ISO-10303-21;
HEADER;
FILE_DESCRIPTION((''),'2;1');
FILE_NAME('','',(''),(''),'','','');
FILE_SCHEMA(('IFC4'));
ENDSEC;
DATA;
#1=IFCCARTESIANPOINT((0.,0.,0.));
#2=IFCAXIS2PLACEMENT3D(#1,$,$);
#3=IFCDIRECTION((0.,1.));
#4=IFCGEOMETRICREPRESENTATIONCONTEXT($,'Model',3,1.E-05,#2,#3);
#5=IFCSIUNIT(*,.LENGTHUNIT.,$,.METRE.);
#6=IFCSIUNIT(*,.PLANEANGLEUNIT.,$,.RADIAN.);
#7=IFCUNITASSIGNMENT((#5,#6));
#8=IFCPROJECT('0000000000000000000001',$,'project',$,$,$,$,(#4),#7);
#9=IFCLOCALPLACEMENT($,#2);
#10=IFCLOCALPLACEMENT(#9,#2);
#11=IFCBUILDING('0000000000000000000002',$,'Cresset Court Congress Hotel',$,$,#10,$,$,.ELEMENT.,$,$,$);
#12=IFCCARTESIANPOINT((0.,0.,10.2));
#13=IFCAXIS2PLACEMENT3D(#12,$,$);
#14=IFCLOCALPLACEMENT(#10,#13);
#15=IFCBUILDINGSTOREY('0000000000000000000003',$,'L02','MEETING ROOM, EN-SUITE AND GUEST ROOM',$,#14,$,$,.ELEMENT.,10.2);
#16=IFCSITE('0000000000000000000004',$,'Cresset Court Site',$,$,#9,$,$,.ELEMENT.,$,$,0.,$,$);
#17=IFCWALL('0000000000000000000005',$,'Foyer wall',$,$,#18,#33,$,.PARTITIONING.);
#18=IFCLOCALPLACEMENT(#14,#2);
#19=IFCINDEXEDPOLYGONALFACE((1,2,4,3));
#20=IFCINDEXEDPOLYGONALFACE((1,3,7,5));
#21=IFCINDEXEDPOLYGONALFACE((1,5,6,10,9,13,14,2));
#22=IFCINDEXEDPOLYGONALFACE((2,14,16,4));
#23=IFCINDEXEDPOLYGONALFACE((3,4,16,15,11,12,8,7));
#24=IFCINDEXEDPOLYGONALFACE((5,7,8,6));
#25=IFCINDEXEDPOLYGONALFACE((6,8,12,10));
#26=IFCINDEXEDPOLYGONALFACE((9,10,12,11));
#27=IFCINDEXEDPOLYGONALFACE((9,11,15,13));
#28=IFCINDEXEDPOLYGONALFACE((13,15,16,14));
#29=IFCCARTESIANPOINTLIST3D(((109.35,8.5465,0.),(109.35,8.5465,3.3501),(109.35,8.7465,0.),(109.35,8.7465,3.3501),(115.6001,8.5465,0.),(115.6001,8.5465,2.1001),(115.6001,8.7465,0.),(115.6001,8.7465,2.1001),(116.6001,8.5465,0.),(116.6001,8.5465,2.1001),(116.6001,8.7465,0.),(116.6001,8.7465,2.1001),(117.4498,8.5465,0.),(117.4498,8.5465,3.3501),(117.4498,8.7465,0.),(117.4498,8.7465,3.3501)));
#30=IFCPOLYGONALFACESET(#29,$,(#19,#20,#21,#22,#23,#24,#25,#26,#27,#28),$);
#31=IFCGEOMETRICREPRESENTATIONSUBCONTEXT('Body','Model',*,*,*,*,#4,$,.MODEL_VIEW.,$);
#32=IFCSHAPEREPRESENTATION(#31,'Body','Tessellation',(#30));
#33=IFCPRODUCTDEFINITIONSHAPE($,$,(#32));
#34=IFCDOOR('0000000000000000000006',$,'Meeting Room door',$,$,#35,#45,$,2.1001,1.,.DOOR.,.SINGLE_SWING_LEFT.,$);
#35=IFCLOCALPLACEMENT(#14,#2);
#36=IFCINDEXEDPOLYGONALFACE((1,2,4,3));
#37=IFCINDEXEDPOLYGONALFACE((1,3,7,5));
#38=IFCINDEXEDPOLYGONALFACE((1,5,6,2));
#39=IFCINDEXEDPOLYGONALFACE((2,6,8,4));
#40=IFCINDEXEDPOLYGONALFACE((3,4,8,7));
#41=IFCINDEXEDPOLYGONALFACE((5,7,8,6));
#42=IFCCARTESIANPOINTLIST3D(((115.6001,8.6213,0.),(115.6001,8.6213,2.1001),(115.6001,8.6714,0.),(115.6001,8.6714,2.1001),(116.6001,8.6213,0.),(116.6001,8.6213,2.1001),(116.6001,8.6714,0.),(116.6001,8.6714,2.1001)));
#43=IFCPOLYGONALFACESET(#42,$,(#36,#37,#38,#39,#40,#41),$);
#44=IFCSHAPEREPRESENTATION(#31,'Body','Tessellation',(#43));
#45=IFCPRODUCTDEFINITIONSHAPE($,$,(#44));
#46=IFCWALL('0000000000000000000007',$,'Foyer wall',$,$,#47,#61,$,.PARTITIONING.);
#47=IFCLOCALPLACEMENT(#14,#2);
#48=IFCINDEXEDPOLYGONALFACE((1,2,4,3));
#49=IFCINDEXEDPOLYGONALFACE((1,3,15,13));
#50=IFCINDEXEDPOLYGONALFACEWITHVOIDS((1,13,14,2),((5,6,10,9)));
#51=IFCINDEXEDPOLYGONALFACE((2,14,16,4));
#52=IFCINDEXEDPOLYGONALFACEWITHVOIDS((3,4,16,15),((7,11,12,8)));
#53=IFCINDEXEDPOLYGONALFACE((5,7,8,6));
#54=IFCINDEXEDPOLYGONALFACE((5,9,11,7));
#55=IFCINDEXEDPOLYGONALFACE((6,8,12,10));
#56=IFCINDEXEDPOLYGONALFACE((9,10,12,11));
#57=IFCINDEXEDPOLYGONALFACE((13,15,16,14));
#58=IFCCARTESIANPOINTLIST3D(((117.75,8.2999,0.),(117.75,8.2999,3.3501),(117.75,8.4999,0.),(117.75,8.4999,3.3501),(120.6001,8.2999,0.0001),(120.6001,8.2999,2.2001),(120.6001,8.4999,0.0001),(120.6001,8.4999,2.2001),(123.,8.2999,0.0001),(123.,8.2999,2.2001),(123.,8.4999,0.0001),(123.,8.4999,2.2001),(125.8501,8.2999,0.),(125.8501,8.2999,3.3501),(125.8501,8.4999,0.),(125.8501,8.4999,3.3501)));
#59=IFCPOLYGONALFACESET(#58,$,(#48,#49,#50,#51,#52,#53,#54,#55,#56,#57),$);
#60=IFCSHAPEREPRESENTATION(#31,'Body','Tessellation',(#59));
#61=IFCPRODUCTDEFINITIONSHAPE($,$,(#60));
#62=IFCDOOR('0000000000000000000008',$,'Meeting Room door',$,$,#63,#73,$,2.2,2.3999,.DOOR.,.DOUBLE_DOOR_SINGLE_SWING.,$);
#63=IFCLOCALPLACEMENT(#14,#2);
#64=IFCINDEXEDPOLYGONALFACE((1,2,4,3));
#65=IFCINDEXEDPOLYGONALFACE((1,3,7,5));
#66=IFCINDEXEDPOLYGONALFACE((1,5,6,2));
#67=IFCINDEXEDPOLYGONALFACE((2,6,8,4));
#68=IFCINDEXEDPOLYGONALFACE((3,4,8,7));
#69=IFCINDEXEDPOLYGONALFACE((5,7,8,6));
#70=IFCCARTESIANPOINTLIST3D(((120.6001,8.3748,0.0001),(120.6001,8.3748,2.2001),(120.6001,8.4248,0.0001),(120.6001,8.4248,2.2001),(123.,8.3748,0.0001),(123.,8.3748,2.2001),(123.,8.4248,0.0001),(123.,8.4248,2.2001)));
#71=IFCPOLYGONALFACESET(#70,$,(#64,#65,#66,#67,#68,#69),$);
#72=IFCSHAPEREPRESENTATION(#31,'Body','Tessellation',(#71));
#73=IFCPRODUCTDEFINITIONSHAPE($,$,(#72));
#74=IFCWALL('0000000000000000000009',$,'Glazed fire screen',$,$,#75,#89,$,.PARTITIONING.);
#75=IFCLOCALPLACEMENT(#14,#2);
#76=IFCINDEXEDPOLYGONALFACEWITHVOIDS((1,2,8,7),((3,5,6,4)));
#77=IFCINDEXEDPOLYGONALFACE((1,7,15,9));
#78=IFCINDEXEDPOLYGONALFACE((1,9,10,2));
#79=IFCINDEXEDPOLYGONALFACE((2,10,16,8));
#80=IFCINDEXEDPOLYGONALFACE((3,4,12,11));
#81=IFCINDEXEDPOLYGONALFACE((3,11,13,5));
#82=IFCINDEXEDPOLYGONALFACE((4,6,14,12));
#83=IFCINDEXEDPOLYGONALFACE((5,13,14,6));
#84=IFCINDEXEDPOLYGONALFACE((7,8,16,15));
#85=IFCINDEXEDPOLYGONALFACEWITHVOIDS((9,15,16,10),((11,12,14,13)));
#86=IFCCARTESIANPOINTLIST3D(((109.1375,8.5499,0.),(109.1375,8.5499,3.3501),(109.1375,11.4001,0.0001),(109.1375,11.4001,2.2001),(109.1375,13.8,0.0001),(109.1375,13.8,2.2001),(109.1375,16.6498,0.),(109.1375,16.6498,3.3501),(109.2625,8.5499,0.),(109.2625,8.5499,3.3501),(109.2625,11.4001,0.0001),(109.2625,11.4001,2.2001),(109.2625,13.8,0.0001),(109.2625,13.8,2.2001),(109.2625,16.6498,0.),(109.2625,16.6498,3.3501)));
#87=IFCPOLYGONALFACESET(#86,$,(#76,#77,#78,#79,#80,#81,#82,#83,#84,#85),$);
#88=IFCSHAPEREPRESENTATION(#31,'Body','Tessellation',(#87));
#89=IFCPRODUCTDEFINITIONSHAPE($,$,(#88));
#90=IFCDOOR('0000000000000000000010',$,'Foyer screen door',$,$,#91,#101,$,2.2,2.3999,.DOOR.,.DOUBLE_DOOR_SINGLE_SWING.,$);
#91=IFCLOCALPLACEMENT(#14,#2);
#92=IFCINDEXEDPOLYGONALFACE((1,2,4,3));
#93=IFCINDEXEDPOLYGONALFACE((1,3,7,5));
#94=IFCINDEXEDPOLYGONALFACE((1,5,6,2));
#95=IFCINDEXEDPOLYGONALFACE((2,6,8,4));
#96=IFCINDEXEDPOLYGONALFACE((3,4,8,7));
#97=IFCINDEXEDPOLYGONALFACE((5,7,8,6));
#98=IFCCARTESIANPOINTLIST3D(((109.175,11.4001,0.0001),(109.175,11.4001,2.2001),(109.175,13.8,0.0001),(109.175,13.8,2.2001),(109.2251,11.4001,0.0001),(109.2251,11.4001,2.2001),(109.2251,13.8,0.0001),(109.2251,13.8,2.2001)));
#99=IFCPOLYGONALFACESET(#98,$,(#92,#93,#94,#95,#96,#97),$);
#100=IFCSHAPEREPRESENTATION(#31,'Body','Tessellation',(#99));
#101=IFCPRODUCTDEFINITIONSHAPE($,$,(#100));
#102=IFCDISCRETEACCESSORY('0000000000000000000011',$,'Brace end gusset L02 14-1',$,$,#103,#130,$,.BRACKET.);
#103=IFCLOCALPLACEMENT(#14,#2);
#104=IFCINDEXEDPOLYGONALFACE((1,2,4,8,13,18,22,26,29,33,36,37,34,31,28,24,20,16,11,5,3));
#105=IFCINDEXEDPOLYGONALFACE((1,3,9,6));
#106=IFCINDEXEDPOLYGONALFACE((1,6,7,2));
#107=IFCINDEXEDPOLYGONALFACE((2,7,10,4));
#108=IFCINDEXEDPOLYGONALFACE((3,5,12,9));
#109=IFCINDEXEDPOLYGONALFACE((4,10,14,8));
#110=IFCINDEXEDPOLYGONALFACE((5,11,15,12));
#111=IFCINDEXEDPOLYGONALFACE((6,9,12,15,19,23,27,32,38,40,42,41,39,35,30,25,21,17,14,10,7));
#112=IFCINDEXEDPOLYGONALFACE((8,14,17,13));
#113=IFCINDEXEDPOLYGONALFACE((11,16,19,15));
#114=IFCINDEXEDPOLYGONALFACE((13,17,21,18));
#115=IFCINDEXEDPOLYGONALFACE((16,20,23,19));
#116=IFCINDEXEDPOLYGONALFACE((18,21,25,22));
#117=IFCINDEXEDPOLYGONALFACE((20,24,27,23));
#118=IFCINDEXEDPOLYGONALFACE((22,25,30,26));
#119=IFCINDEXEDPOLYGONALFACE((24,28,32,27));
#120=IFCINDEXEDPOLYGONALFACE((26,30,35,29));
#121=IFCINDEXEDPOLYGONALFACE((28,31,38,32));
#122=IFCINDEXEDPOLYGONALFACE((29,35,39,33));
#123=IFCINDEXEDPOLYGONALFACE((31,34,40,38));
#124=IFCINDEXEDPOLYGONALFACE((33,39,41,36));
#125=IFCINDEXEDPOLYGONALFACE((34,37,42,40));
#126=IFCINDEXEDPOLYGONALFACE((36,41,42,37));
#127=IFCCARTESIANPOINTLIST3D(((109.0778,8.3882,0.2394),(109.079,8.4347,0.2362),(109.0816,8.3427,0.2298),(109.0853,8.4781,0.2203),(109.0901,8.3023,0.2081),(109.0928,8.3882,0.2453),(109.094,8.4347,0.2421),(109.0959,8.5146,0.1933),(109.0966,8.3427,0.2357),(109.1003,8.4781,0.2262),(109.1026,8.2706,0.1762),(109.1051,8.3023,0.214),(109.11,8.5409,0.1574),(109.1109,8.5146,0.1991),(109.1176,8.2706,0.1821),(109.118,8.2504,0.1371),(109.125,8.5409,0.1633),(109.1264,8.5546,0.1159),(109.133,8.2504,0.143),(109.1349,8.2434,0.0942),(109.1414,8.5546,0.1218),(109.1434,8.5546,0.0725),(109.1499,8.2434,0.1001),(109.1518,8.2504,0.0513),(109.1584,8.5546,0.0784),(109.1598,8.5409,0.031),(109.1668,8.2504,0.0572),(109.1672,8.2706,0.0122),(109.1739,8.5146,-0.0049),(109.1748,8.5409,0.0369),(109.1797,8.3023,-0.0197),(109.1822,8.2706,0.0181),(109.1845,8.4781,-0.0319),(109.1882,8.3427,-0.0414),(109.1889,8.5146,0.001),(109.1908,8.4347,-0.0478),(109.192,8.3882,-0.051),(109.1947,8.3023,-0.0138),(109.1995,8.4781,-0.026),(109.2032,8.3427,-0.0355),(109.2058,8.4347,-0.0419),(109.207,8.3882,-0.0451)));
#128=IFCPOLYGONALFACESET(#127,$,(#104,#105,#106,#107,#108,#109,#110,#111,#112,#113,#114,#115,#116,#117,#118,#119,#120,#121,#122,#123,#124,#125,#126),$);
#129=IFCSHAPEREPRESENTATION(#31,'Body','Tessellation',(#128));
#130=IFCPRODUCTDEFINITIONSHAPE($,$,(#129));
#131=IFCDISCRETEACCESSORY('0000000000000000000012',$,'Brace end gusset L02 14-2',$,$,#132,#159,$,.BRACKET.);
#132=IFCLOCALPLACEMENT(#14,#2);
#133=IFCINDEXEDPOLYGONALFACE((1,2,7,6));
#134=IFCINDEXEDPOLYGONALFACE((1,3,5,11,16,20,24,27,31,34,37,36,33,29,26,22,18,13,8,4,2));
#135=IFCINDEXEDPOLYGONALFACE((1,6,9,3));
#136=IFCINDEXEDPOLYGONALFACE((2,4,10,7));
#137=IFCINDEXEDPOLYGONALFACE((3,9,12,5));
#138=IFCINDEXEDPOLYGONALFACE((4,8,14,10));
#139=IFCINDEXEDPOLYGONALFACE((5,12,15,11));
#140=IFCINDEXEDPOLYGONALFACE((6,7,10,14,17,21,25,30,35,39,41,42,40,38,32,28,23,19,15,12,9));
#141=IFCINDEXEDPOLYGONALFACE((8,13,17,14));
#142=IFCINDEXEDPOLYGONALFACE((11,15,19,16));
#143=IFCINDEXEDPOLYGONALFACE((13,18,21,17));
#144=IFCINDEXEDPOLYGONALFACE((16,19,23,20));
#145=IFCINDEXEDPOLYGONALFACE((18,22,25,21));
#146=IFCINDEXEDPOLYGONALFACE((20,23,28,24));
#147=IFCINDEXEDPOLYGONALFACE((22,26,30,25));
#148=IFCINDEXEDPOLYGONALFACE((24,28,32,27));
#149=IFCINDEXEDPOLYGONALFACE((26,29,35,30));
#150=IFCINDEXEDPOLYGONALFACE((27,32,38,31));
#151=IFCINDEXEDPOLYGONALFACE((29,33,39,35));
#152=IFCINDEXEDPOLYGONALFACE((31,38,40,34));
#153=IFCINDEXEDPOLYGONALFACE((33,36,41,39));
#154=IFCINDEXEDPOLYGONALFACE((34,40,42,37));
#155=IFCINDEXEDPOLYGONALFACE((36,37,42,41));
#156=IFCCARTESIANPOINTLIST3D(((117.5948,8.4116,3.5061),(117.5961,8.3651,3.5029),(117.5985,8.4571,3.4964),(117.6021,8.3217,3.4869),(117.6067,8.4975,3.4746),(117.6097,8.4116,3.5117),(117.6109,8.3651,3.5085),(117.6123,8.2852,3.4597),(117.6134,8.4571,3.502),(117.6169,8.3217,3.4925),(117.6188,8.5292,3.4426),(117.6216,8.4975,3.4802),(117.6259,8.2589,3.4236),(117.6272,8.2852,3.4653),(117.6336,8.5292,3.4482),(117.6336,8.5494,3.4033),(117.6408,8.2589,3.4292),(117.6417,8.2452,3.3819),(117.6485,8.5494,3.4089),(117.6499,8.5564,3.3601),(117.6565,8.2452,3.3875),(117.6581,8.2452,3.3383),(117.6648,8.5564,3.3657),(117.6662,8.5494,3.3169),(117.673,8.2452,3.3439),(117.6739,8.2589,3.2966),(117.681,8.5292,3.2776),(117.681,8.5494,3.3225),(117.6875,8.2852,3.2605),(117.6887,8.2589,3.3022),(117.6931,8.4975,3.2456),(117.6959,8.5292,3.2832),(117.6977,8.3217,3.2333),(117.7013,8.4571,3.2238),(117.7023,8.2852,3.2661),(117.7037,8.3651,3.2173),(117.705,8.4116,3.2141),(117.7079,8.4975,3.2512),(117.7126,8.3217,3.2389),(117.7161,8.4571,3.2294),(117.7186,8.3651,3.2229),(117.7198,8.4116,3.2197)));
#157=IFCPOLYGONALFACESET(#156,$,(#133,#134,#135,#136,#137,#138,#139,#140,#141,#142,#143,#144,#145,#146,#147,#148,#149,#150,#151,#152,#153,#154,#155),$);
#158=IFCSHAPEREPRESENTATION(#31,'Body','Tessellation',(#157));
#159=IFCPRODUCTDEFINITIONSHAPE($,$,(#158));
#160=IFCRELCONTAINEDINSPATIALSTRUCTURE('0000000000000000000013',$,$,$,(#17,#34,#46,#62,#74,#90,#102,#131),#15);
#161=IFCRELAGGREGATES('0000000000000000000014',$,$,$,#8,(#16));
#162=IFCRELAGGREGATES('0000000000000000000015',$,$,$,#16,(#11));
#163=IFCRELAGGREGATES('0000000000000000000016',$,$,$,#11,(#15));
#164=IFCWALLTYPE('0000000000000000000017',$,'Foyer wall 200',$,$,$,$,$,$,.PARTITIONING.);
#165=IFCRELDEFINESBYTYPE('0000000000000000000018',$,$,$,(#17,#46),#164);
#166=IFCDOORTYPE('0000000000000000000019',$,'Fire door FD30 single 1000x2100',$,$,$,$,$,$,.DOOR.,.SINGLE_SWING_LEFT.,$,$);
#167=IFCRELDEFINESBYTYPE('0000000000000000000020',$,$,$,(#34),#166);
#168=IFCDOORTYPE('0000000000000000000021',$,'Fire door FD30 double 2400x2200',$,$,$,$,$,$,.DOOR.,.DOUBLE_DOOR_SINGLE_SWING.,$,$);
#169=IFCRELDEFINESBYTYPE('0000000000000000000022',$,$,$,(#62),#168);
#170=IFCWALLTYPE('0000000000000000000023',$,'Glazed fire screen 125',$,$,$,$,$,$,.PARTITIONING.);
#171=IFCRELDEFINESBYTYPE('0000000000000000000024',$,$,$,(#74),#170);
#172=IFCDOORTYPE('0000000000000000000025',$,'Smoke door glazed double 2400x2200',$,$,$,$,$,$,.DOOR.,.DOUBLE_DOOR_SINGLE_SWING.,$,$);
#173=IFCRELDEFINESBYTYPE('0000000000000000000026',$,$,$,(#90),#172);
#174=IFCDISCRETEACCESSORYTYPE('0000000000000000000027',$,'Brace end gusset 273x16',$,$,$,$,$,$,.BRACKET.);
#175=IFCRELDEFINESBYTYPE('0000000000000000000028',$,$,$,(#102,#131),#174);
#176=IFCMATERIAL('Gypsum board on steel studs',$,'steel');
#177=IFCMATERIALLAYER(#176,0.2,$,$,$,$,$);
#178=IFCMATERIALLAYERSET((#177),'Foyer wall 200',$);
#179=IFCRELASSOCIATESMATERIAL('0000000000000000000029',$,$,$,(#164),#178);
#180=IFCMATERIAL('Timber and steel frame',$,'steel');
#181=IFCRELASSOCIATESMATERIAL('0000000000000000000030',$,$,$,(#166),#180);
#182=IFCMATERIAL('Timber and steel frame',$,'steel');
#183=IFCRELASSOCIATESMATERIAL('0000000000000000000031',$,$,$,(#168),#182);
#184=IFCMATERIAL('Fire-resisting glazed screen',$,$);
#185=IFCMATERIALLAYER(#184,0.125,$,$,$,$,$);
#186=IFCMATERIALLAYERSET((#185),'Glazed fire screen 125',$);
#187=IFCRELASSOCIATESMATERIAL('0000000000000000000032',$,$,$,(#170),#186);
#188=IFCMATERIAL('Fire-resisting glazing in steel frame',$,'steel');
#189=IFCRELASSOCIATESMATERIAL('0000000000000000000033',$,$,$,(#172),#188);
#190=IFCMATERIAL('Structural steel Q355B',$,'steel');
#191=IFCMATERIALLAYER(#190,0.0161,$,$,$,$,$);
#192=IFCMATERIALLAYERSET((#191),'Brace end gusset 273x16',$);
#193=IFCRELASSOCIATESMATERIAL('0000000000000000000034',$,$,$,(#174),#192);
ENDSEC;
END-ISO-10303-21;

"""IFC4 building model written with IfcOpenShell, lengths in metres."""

from ifc_helpers import new_model, si_unit, direction, frame, frame_2d, origin, origin_2d, place, context, subcontext, project, spatial, rectangle, circle, extrude, material, layer, layer_set, type_object, element, fill, save


model = new_model("IFC4")

# Units and contexts
model_context = context("Model", 3, precision=1e-05, world=origin(), true_north=direction((0.0, 1.0)))
body_context = subcontext(model_context, "Body", "Model", "MODEL_VIEW")
ifc_project = project(units=[si_unit("LENGTHUNIT", "METRE"), si_unit("PLANEANGLEUNIT", "RADIAN")], contexts=[model_context])

# Site, building, storey
site_placement = place(None, origin())
site = spatial("IfcSite", under=ifc_project, at=site_placement, Name="Cresset Court Site", CompositionType="ELEMENT", RefElevation=0.0)
building_placement = place(site_placement, origin())
building = spatial("IfcBuilding", under=site, at=building_placement, Name="Cresset Court Congress Hotel", CompositionType="ELEMENT")
storey_placement = place(building_placement, frame((0.0, 0.0, 10.2)))
storey = spatial("IfcBuildingStorey", under=building, at=storey_placement, Name="L02", Description="MEETING ROOM, EN-SUITE AND GUEST ROOM", CompositionType="ELEMENT", Elevation=10.2)

# Walls, openings, doors
ifc_material_1 = material(Name="Gypsum board on steel studs", Category="steel")
ifc_layer_1 = layer(ifc_material_1, 0.2)
ifc_layer_set_1 = layer_set([ifc_layer_1], Name="Foyer wall 200")
wall_type_1 = type_object("IfcWallType", Name="Foyer wall 200", PredefinedType="PARTITIONING", material=ifc_layer_set_1)
wall_1_placement = place(storey_placement, frame((109.3501, 8.6465, 0.0), z_axis=(0.0, 0.0, 1.0), x_axis=(1.0, 0.0, 0.0)))
wall_1 = element("IfcWall", 1, at=wall_1_placement, inside=storey, type_object=wall_type_1, Name="Foyer wall", PredefinedType="PARTITIONING", context=body_context, shape_type="SweptSolid", body=[
    extrude(rectangle(XDim=8.0999, YDim=0.2, at=frame_2d((4.0498, 0.0))), origin(), (0.0, 0.0, 1.0), 3.3501),
])
opening_1_placement = place(wall_1_placement, frame((6.25, 0.0, 0.0)))
opening_1 = element("IfcOpeningElement", 2, at=opening_1_placement, cuts=wall_1, PredefinedType="OPENING", context=body_context, shape_type="SweptSolid", body=[
    extrude(rectangle(XDim=1.0, YDim=2.1001, at=frame_2d((0.5, 1.05))), frame((0.0, 0.1099, 0.0), z_axis=(0.0, -1.0, 0.0), x_axis=(1.0, 0.0, 0.0)), (0.0, 0.0, 1.0), 0.22),
])
ifc_material_2 = material(Name="Timber and steel frame", Category="steel")
door_type_1 = type_object("IfcDoorType", Name="Fire door FD30 single 1000x2100", OperationType="SINGLE_SWING_LEFT", PredefinedType="DOOR", material=ifc_material_2)
door_1_placement = place(opening_1_placement, origin())
door_1 = element("IfcDoor", 3, at=door_1_placement, inside=storey, type_object=door_type_1, Name="Meeting Room door", OperationType="SINGLE_SWING_LEFT", OverallHeight=2.1001, OverallWidth=1.0, PredefinedType="DOOR", context=body_context, shape_type="SweptSolid", body=[
    extrude(rectangle(XDim=1.0, YDim=2.1001, at=frame_2d((0.5, 1.05))), frame((0.0, 0.0249, 0.0), z_axis=(0.0, -1.0, 0.0), x_axis=(1.0, 0.0, 0.0)), (0.0, 0.0, 1.0), 0.05),
])
fill(opening_1, door_1)
wall_2_placement = place(storey_placement, frame((117.75, 8.3999, 0.0), z_axis=(0.0, 0.0, 1.0), x_axis=(1.0, 0.0, 0.0)))
wall_2 = element("IfcWall", 4, at=wall_2_placement, inside=storey, type_object=wall_type_1, Name="Foyer wall", PredefinedType="PARTITIONING", context=body_context, shape_type="SweptSolid", body=[
    extrude(rectangle(XDim=8.1001, YDim=0.2, at=frame_2d((4.05, 0.0))), origin(), (0.0, 0.0, 1.0), 3.3501),
])
opening_2_placement = place(wall_2_placement, frame((2.8501, 0.0, 0.0)))
opening_2 = element("IfcOpeningElement", 5, at=opening_2_placement, cuts=wall_2, PredefinedType="OPENING", context=body_context, shape_type="SweptSolid", body=[
    extrude(rectangle(XDim=2.3999, YDim=2.2, at=frame_2d((1.2, 1.1001))), frame((0.0, 0.1099, 0.0), z_axis=(0.0, -1.0, 0.0), x_axis=(1.0, 0.0, 0.0)), (0.0, 0.0, 1.0), 0.22),
])
ifc_material_3 = material(Name="Timber and steel frame", Category="steel")
door_type_2 = type_object("IfcDoorType", Name="Fire door FD30 double 2400x2200", OperationType="DOUBLE_DOOR_SINGLE_SWING", PredefinedType="DOOR", material=ifc_material_3)
door_2_placement = place(opening_2_placement, origin())
door_2 = element("IfcDoor", 6, at=door_2_placement, inside=storey, type_object=door_type_2, Name="Meeting Room door", OperationType="DOUBLE_DOOR_SINGLE_SWING", OverallHeight=2.2, OverallWidth=2.3999, PredefinedType="DOOR", context=body_context, shape_type="SweptSolid", body=[
    extrude(rectangle(XDim=2.3999, YDim=2.2, at=frame_2d((1.2, 1.1001))), frame((0.0, 0.0249, 0.0), z_axis=(0.0, -1.0, 0.0), x_axis=(1.0, 0.0, 0.0)), (0.0, 0.0, 1.0), 0.05),
])
fill(opening_2, door_2)
ifc_material_4 = material(Name="Fire-resisting glazed screen")
ifc_layer_2 = layer(ifc_material_4, 0.125)
ifc_layer_set_2 = layer_set([ifc_layer_2], Name="Glazed fire screen 125")
wall_type_2 = type_object("IfcWallType", Name="Glazed fire screen 125", PredefinedType="PARTITIONING", material=ifc_layer_set_2)
wall_3_placement = place(storey_placement, frame((109.2, 8.55, 0.0), z_axis=(0.0, 0.0, 1.0), x_axis=(0.0, 1.0, 0.0)))
wall_3 = element("IfcWall", 7, at=wall_3_placement, inside=storey, type_object=wall_type_2, Name="Glazed fire screen", PredefinedType="PARTITIONING", context=body_context, shape_type="SweptSolid", body=[
    extrude(rectangle(XDim=8.0999, YDim=0.125, at=frame_2d((4.0498, 0.0))), origin(), (0.0, 0.0, 1.0), 3.3501),
])
opening_3_placement = place(wall_3_placement, frame((2.8501, 0.0, 0.0)))
opening_3 = element("IfcOpeningElement", 8, at=opening_3_placement, cuts=wall_3, PredefinedType="OPENING", context=body_context, shape_type="SweptSolid", body=[
    extrude(rectangle(XDim=2.3999, YDim=2.2, at=frame_2d((1.2, 1.1001))), frame((0.0, 0.0725, 0.0), z_axis=(0.0, -1.0, 0.0), x_axis=(1.0, 0.0, 0.0)), (0.0, 0.0, 1.0), 0.145),
])
ifc_material_5 = material(Name="Fire-resisting glazing in steel frame", Category="steel")
door_type_3 = type_object("IfcDoorType", Name="Smoke door glazed double 2400x2200", OperationType="DOUBLE_DOOR_SINGLE_SWING", PredefinedType="DOOR", material=ifc_material_5)
door_3_placement = place(opening_3_placement, origin())
door_3 = element("IfcDoor", 9, at=door_3_placement, inside=storey, type_object=door_type_3, Name="Foyer screen door", OperationType="DOUBLE_DOOR_SINGLE_SWING", OverallHeight=2.2, OverallWidth=2.3999, PredefinedType="DOOR", context=body_context, shape_type="SweptSolid", body=[
    extrude(rectangle(XDim=2.3999, YDim=2.2, at=frame_2d((1.2, 1.1001))), frame((0.0, 0.0249, 0.0), z_axis=(0.0, -1.0, 0.0), x_axis=(1.0, 0.0, 0.0)), (0.0, 0.0, 1.0), 0.05),
])
fill(opening_3, door_3)

# Discrete accessories
ifc_material_6 = material(Name="Structural steel Q355B", Category="steel")
ifc_layer_3 = layer(ifc_material_6, 0.0161)
ifc_layer_set_3 = layer_set([ifc_layer_3], Name="Brace end gusset 273x16")
discrete_accessory_type = type_object("IfcDiscreteAccessoryType", Name="Brace end gusset 273x16", PredefinedType="BRACKET", material=ifc_layer_set_3)
discrete_accessory_1_placement = place(storey_placement, frame((109.1499, 8.3999, 0.1001), z_axis=(-0.930566, 0.0, -0.366124), x_axis=(0.0, -1.0, 0.0)))
element("IfcDiscreteAccessory", 10, at=discrete_accessory_1_placement, inside=storey, type_object=discrete_accessory_type, Name="Brace end gusset L02 14-1", PredefinedType="BRACKET", context=body_context, shape_type="SweptSolid", body=[
    extrude(circle(Radius=0.1565, at=origin_2d()), origin(), (0.0, 0.0, 1.0), 0.0161),
])
discrete_accessory_2_placement = place(storey_placement, frame((117.6499, 8.3999, 3.3601), z_axis=(0.935697, 0.0, 0.352804), x_axis=(0.0, 1.0, 0.0)))
element("IfcDiscreteAccessory", 11, at=discrete_accessory_2_placement, inside=storey, type_object=discrete_accessory_type, Name="Brace end gusset L02 14-2", PredefinedType="BRACKET", context=body_context, shape_type="SweptSolid", body=[
    extrude(circle(Radius=0.1565, at=origin_2d()), origin(), (0.0, 0.0, 1.0), 0.0159),
])

save(model, "model.ifc")
